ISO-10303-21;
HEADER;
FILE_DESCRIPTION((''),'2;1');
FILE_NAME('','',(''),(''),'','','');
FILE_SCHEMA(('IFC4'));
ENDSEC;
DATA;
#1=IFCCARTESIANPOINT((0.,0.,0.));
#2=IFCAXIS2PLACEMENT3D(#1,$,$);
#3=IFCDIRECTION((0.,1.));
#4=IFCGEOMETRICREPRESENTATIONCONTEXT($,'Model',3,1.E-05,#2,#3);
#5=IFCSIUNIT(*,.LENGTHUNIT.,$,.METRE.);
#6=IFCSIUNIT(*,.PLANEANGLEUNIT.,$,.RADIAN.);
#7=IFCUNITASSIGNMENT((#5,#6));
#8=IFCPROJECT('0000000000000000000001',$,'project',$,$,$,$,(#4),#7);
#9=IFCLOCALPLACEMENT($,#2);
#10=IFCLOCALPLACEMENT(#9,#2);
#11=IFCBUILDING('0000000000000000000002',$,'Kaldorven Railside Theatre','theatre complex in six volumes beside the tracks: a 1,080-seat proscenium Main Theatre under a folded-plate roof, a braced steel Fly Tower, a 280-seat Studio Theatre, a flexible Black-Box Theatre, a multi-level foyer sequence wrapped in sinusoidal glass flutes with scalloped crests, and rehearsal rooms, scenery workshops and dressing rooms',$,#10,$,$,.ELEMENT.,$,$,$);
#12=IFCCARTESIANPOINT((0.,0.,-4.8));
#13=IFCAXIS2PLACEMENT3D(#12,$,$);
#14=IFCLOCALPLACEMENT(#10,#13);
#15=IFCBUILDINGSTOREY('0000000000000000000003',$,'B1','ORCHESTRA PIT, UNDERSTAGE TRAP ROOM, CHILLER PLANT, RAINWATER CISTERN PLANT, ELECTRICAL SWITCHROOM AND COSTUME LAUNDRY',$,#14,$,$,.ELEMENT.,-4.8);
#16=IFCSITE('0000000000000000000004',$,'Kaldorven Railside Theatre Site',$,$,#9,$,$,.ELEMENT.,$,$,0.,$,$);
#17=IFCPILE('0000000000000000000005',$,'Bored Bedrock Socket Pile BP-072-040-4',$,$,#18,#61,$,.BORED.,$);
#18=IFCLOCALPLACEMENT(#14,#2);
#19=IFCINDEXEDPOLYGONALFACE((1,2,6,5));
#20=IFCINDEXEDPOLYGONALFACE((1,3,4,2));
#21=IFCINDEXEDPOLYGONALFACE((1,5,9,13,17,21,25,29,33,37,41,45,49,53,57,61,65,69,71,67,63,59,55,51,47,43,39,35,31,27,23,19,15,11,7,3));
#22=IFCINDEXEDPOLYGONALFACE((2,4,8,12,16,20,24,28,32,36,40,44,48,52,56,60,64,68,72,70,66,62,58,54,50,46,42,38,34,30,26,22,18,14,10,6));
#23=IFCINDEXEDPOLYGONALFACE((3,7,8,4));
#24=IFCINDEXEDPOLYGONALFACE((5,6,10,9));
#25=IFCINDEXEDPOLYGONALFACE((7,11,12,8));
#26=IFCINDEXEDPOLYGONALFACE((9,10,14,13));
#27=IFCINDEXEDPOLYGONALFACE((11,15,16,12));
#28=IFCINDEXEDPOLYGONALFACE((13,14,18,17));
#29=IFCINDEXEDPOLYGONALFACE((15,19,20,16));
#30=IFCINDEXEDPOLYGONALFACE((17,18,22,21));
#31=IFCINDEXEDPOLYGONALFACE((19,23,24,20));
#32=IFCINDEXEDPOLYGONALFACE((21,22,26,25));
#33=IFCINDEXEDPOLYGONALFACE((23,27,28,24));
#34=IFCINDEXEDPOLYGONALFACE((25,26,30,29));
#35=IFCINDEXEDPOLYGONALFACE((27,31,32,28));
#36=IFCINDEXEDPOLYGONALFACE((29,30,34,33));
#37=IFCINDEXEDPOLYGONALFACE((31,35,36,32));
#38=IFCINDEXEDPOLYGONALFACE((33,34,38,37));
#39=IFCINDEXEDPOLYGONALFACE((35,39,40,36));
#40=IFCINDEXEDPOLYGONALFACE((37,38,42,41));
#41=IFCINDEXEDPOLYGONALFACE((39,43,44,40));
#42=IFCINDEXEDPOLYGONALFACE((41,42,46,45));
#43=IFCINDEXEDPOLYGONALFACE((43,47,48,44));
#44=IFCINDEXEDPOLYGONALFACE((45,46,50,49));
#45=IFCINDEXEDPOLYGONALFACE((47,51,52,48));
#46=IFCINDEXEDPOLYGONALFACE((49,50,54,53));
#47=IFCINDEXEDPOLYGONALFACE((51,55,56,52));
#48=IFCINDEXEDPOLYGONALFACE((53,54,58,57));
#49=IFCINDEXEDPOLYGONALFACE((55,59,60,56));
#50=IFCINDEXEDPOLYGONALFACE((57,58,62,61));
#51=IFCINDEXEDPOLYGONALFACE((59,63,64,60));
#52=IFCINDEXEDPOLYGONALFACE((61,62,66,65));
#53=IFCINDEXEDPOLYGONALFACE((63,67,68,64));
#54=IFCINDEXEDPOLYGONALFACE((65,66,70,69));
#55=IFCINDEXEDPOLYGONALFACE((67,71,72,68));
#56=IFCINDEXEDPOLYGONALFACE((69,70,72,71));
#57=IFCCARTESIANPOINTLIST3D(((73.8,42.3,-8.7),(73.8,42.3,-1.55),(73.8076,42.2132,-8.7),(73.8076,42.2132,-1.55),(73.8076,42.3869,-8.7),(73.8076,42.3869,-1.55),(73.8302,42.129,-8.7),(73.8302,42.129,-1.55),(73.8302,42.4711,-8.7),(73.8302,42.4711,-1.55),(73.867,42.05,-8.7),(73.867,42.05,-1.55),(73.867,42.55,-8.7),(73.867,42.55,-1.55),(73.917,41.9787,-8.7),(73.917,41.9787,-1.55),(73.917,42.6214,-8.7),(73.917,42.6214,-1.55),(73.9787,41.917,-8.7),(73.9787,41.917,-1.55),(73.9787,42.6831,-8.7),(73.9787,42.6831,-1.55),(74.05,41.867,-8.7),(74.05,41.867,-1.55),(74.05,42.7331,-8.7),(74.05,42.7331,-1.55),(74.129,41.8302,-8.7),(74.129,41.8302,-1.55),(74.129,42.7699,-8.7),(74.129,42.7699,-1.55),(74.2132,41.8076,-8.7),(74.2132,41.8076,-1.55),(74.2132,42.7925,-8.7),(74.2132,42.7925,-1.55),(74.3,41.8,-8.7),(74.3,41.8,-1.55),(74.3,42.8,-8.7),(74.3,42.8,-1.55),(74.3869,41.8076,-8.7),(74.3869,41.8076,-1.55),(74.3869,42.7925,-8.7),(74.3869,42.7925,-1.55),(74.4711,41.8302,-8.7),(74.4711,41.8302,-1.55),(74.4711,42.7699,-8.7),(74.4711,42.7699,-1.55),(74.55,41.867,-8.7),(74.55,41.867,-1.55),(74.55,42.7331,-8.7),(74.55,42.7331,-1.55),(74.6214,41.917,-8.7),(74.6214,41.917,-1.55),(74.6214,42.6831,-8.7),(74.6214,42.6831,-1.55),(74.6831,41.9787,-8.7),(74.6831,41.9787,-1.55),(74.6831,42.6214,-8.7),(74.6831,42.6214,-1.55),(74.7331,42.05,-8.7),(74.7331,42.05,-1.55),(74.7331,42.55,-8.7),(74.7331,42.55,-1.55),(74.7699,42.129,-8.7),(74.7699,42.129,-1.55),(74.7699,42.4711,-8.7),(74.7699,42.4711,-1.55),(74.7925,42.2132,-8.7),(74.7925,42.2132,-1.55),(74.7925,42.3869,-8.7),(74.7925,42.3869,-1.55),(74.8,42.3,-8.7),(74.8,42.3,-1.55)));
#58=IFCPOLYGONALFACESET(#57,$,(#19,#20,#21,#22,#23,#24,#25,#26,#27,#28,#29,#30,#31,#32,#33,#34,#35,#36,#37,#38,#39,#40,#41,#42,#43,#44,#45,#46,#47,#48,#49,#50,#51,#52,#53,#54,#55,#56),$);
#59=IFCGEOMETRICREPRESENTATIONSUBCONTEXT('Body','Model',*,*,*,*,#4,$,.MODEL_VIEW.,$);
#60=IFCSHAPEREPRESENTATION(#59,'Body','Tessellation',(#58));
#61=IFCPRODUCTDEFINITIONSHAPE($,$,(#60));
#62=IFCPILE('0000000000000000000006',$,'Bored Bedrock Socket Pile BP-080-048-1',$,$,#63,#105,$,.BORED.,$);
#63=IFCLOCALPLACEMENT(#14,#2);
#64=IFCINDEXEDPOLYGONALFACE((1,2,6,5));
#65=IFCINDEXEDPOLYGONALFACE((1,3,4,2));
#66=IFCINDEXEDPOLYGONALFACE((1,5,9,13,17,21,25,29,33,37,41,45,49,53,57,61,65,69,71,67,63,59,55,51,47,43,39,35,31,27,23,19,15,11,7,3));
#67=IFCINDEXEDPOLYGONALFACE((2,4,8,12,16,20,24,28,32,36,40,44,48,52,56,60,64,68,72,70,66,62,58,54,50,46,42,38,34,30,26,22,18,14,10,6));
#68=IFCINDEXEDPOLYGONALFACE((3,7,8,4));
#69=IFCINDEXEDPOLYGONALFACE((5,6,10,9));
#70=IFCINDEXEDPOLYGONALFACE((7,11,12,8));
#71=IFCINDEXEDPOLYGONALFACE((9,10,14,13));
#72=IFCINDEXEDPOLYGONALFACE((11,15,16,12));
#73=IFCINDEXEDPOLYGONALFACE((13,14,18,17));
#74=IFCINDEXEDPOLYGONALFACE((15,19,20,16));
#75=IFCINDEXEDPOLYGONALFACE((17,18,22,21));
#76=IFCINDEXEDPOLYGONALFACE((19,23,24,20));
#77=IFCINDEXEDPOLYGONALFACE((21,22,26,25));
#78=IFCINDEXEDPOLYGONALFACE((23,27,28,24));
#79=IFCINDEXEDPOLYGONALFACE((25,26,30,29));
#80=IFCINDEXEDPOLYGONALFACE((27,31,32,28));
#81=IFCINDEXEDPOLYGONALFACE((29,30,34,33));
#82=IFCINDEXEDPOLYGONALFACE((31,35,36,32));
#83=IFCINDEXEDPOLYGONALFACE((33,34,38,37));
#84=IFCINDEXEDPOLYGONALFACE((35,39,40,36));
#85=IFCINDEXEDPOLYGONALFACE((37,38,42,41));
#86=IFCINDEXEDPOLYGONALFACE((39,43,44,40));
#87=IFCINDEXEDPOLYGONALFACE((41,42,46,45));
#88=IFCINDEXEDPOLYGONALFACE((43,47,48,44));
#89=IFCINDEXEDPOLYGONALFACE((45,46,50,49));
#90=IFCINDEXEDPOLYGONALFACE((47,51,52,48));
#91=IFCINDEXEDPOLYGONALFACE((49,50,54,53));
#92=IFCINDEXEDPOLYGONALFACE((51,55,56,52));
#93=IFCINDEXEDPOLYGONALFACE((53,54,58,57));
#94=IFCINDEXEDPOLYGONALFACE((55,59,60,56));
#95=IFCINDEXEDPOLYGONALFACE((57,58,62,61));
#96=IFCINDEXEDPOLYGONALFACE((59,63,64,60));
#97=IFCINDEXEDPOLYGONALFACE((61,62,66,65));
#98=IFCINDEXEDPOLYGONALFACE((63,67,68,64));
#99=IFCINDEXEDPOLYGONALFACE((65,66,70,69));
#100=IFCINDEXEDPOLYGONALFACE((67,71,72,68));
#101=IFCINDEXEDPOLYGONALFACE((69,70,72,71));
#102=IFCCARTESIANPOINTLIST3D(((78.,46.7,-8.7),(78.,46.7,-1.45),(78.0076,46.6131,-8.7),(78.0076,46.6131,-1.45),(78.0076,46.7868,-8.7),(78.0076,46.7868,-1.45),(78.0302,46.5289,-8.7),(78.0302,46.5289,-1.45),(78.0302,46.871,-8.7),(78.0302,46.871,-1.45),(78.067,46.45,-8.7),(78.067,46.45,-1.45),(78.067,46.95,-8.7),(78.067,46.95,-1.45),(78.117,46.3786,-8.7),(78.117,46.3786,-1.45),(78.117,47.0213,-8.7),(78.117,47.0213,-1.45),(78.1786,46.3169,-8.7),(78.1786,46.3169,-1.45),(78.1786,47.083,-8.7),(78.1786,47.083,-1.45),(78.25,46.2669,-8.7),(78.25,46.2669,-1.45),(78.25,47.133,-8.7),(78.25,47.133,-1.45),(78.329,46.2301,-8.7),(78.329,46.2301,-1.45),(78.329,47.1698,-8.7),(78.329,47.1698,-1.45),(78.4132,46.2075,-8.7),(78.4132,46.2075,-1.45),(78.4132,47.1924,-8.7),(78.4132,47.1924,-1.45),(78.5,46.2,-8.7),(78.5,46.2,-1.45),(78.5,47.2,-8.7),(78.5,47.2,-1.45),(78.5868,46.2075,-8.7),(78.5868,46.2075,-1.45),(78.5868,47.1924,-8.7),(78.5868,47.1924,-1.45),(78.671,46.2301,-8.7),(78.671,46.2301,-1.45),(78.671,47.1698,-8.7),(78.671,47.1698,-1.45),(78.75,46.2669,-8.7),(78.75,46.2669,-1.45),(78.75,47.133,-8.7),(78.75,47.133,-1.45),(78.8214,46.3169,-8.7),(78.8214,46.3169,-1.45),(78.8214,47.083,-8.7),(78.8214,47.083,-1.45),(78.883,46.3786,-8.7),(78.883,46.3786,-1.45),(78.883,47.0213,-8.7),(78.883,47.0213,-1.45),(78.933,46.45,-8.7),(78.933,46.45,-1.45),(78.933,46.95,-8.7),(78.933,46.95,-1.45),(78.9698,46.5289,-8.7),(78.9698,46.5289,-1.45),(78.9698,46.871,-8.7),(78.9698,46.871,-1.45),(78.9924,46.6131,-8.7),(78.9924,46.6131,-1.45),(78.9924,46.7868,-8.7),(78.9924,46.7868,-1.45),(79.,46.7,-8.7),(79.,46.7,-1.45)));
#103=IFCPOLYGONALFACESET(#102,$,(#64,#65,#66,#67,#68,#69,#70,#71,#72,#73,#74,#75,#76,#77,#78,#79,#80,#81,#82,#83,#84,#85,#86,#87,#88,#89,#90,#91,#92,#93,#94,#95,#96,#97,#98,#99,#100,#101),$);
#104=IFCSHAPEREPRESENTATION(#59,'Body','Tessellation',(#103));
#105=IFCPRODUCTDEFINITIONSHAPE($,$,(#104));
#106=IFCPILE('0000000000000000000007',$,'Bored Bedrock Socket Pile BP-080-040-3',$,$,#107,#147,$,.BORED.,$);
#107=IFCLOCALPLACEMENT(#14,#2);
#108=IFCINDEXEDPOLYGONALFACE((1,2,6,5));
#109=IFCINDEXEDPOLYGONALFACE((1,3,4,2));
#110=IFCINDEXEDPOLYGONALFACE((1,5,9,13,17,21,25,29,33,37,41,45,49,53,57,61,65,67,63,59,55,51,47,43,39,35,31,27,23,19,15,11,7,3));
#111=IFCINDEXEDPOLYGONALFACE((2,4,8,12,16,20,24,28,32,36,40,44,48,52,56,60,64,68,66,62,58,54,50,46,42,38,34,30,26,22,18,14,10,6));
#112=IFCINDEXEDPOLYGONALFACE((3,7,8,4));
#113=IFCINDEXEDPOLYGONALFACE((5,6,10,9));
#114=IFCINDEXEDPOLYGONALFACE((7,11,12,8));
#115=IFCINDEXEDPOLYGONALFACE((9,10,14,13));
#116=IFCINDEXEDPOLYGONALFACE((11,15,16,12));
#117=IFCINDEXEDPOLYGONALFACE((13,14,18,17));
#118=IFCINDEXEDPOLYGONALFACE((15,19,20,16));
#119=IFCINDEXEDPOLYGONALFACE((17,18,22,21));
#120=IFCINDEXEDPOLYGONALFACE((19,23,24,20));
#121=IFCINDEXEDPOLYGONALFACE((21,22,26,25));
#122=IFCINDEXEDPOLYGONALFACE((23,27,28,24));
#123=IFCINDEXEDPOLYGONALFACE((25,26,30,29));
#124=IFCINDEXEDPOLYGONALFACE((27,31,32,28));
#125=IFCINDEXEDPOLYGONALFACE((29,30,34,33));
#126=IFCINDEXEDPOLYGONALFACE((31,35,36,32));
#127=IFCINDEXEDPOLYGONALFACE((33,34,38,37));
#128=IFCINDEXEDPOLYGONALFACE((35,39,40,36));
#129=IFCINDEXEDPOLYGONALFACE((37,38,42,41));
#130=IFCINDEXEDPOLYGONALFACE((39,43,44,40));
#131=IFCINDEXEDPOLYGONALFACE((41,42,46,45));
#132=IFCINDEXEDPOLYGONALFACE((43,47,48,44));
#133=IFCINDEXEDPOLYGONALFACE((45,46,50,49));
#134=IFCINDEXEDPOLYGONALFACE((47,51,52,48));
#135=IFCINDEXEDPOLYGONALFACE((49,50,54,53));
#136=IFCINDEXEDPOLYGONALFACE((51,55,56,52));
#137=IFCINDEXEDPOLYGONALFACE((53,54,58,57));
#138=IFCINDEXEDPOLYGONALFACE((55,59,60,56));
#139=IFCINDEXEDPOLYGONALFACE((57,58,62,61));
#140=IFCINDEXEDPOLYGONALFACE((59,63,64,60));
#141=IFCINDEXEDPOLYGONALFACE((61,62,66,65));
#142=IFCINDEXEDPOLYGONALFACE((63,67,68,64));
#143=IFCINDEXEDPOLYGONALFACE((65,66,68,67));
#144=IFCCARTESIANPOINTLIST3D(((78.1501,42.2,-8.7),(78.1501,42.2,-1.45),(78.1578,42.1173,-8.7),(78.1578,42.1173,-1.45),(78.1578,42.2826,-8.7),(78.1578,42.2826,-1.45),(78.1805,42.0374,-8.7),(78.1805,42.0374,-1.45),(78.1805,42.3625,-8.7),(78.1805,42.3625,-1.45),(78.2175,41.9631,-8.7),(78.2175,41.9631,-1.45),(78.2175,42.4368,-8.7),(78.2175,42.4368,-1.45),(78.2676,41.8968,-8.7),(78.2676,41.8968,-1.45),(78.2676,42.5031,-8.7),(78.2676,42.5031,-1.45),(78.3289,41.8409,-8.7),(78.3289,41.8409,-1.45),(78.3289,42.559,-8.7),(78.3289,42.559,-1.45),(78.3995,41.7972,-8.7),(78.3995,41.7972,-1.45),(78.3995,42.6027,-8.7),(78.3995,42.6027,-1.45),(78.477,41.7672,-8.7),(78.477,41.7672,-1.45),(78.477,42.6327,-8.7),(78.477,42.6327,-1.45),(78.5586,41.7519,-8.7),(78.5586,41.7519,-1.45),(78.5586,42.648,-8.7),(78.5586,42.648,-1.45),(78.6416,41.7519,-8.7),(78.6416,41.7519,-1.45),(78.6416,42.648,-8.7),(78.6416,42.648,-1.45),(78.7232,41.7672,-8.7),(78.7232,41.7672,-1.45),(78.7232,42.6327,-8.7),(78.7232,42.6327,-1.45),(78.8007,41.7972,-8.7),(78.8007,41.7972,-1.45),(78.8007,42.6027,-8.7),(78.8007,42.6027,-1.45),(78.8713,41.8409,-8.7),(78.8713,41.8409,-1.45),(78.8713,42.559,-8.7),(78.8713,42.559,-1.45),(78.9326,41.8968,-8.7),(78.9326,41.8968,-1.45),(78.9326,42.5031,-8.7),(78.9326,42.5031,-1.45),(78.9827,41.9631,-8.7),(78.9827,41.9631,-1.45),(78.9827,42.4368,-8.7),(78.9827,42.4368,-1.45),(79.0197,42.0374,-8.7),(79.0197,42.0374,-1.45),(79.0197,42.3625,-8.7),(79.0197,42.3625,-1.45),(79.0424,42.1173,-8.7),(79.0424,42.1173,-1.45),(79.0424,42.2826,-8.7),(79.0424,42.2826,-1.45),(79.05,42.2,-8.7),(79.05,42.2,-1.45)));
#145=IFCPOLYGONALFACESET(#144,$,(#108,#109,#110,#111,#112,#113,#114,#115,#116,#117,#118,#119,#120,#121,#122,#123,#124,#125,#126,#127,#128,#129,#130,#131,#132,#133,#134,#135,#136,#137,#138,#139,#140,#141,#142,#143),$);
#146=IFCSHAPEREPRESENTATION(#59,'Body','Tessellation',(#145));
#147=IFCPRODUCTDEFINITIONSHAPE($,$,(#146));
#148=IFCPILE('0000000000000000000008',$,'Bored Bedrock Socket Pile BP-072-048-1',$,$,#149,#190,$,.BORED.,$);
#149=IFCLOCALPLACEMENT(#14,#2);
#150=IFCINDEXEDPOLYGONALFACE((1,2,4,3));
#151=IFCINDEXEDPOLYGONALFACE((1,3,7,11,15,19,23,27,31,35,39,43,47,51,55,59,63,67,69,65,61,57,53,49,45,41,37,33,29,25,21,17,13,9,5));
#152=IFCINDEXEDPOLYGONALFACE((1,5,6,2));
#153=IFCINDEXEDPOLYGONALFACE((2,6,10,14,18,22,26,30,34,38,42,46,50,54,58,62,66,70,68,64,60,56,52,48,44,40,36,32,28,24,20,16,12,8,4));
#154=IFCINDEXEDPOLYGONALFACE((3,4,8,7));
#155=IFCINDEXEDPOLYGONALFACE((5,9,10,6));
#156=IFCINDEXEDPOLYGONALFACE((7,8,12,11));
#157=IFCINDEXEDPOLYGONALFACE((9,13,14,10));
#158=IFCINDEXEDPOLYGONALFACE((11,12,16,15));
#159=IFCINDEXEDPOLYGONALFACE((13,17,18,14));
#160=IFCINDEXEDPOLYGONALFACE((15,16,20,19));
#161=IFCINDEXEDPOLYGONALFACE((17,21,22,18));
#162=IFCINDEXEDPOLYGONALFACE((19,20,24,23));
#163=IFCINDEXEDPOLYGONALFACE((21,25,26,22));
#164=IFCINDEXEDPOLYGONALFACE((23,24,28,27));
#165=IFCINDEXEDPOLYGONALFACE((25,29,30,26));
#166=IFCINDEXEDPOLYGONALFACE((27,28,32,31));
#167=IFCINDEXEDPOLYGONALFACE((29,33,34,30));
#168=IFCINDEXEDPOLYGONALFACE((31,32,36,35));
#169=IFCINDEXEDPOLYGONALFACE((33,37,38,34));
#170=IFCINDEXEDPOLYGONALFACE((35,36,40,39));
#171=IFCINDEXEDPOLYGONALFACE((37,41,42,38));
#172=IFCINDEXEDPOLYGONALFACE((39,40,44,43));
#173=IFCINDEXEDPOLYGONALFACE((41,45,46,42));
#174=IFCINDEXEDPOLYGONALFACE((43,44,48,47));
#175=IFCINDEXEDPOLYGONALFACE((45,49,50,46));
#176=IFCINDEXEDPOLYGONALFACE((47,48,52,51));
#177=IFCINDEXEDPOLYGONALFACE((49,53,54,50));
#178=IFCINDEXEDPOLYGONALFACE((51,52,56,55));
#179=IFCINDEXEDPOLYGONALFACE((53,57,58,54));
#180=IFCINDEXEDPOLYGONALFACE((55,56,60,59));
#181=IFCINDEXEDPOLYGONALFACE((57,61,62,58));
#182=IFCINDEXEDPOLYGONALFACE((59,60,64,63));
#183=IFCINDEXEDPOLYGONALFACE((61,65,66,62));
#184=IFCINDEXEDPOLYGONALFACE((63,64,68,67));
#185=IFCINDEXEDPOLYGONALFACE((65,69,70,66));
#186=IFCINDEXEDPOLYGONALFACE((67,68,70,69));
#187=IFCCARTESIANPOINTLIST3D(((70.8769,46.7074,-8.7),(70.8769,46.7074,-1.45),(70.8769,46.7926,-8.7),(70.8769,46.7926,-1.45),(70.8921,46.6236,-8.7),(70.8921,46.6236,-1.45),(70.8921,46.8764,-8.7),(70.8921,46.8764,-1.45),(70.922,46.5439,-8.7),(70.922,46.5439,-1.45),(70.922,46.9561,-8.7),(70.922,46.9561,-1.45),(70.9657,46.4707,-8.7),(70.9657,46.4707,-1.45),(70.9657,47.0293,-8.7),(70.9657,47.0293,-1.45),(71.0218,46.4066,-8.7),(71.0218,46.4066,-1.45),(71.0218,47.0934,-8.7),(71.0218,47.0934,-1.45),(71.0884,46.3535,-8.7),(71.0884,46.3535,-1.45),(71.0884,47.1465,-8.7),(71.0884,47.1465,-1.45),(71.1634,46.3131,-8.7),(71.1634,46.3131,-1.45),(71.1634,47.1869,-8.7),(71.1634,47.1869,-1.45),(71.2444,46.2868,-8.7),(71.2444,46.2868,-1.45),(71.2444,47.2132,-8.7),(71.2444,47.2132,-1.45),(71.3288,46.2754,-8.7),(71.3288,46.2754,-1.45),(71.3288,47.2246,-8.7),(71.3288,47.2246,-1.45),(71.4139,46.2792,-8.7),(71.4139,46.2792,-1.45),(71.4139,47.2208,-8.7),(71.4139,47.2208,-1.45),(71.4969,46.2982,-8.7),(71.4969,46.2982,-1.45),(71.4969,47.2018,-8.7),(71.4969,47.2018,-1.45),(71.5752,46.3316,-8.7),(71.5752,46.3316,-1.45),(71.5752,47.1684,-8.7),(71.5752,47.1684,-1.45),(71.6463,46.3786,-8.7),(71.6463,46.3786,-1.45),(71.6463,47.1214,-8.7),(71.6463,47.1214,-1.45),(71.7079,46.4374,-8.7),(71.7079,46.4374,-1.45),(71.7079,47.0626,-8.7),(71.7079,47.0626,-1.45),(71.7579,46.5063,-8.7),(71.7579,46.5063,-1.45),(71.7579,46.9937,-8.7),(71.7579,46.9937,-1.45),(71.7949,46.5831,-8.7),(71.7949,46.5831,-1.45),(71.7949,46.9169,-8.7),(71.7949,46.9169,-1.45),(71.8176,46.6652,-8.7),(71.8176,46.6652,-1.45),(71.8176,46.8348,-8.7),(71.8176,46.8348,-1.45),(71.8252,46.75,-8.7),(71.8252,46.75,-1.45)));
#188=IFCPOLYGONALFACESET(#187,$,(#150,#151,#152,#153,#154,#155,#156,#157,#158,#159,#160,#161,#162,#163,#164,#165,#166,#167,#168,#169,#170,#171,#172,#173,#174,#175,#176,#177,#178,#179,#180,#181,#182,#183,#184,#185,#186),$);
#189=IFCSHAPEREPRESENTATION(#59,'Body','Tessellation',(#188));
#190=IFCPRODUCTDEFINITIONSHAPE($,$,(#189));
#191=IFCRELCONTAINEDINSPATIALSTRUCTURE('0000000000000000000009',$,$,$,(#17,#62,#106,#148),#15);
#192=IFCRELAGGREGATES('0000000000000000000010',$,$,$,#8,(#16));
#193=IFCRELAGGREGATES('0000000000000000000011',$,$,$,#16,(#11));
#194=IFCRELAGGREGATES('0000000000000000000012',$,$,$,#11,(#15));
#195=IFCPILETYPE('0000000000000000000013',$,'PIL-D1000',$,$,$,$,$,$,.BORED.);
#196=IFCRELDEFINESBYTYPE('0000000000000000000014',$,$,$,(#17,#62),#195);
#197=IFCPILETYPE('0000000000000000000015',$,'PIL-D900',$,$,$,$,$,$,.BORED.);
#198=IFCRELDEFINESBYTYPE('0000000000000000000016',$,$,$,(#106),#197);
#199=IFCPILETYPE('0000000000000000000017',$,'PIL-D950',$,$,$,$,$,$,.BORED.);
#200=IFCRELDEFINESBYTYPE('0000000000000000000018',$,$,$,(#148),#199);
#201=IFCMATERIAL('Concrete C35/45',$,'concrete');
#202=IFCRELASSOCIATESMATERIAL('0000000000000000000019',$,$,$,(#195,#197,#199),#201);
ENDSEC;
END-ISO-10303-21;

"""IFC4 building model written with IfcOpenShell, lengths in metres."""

from ifc_helpers import new_model, si_unit, direction, frame, origin, origin_2d, place, context, subcontext, project, spatial, circle, extrude, material, material_profile, profile_set, type_object, element, save


model = new_model("IFC4")

# Units and contexts
model_context = context("Model", 3, precision=1e-05, world=origin(), true_north=direction((0.0, 1.0)))
body_context = subcontext(model_context, "Body", "Model", "MODEL_VIEW")
ifc_project = project(units=[si_unit("LENGTHUNIT", "METRE"), si_unit("PLANEANGLEUNIT", "RADIAN")], contexts=[model_context])

# Site, building, storey
site_placement = place(None, origin())
site = spatial("IfcSite", under=ifc_project, at=site_placement, Name="Kaldorven Railside Theatre Site", CompositionType="ELEMENT", RefElevation=0.0)
building_placement = place(site_placement, origin())
building = spatial("IfcBuilding", under=site, at=building_placement, Name="Kaldorven Railside Theatre", Description="theatre complex in six volumes beside the tracks: a 1,080-seat proscenium Main Theatre under a folded-plate roof, a braced steel Fly Tower, a 280-seat Studio Theatre, a flexible Black-Box Theatre, a multi-level foyer sequence wrapped in sinusoidal glass flutes with scalloped crests, and rehearsal rooms, scenery workshops and dressing rooms", CompositionType="ELEMENT")
storey_placement = place(building_placement, frame((0.0, 0.0, -4.8)))
storey = spatial("IfcBuildingStorey", under=building, at=storey_placement, Name="B1", Description="ORCHESTRA PIT, UNDERSTAGE TRAP ROOM, CHILLER PLANT, RAINWATER CISTERN PLANT, ELECTRICAL SWITCHROOM AND COSTUME LAUNDRY", CompositionType="ELEMENT", Elevation=-4.8)

# Piles
ifc_material_1 = material(Name="Concrete C35/45", Category="concrete")
ifc_material_profile_1 = material_profile(ifc_material_1, circle(Radius=0.5, at=origin_2d()), Name="BP D1000")
ifc_profile_set_1 = profile_set([ifc_material_profile_1], Name="Concrete C35/45")
pile_type_1 = type_object("IfcPileType", Name="PIL-D1000", PredefinedType="BORED", material=ifc_profile_set_1)
for number, where, z_axis, x_axis, name in (
    (1, (74.3, 42.3, -1.55), (0.0, 0.0, -1.0), (1.0, 0.0, 0.0), "Bored Bedrock Socket Pile BP-072-040-4"),
):
    element("IfcPile", number, at=place(storey_placement, frame(where, z_axis=z_axis, x_axis=x_axis)), inside=storey, type_object=pile_type_1, Name=name, PredefinedType="BORED", context=body_context, shape_type="SweptSolid", body=[
        extrude(circle(Radius=0.5, at=origin_2d()), origin(), (0.0, 0.0, 1.0), 7.1499),
    ])
pile_1_placement = place(storey_placement, frame((78.5, 46.7, -1.45), z_axis=(0.0, 0.0, -1.0), x_axis=(1.0, 0.0, 0.0)))
element("IfcPile", 2, at=pile_1_placement, inside=storey, type_object=pile_type_1, Name="Bored Bedrock Socket Pile BP-080-048-1", PredefinedType="BORED", context=body_context, shape_type="SweptSolid", body=[
    extrude(circle(Radius=0.5, at=origin_2d()), origin(), (0.0, 0.0, 1.0), 7.25),
])
ifc_material_profile_2 = material_profile(ifc_material_1, circle(Radius=0.45, at=origin_2d()), Name="BP D900")
ifc_profile_set_2 = profile_set([ifc_material_profile_2], Name="Concrete C35/45")
pile_type_2 = type_object("IfcPileType", Name="PIL-D900", PredefinedType="BORED", material=ifc_profile_set_2)
pile_2_placement = place(storey_placement, frame((78.6001, 42.2, -1.45), z_axis=(0.0, 0.0, -1.0), x_axis=(1.0, 0.0, 0.0)))
element("IfcPile", 3, at=pile_2_placement, inside=storey, type_object=pile_type_2, Name="Bored Bedrock Socket Pile BP-080-040-3", PredefinedType="BORED", context=body_context, shape_type="SweptSolid", body=[
    extrude(circle(Radius=0.45, at=origin_2d()), origin(), (0.0, 0.0, 1.0), 7.25),
])
ifc_material_profile_3 = material_profile(ifc_material_1, circle(Radius=0.4751, at=origin_2d()), Name="BP D950")
ifc_profile_set_3 = profile_set([ifc_material_profile_3], Name="Concrete C35/45")
pile_type_3 = type_object("IfcPileType", Name="PIL-D950", PredefinedType="BORED", material=ifc_profile_set_3)
for number, where, z_axis, x_axis, name in (
    (4, (71.3501, 46.75, -1.45), (0.0, 0.0, -1.0), (1.0, 0.0, 0.0), "Bored Bedrock Socket Pile BP-072-048-1"),
):
    element("IfcPile", number, at=place(storey_placement, frame(where, z_axis=z_axis, x_axis=x_axis)), inside=storey, type_object=pile_type_3, Name=name, PredefinedType="BORED", context=body_context, shape_type="SweptSolid", body=[
        extrude(circle(Radius=0.4751, at=origin_2d()), origin(), (0.0, 0.0, 1.0), 7.25),
    ])

save(model, "model.ifc")
